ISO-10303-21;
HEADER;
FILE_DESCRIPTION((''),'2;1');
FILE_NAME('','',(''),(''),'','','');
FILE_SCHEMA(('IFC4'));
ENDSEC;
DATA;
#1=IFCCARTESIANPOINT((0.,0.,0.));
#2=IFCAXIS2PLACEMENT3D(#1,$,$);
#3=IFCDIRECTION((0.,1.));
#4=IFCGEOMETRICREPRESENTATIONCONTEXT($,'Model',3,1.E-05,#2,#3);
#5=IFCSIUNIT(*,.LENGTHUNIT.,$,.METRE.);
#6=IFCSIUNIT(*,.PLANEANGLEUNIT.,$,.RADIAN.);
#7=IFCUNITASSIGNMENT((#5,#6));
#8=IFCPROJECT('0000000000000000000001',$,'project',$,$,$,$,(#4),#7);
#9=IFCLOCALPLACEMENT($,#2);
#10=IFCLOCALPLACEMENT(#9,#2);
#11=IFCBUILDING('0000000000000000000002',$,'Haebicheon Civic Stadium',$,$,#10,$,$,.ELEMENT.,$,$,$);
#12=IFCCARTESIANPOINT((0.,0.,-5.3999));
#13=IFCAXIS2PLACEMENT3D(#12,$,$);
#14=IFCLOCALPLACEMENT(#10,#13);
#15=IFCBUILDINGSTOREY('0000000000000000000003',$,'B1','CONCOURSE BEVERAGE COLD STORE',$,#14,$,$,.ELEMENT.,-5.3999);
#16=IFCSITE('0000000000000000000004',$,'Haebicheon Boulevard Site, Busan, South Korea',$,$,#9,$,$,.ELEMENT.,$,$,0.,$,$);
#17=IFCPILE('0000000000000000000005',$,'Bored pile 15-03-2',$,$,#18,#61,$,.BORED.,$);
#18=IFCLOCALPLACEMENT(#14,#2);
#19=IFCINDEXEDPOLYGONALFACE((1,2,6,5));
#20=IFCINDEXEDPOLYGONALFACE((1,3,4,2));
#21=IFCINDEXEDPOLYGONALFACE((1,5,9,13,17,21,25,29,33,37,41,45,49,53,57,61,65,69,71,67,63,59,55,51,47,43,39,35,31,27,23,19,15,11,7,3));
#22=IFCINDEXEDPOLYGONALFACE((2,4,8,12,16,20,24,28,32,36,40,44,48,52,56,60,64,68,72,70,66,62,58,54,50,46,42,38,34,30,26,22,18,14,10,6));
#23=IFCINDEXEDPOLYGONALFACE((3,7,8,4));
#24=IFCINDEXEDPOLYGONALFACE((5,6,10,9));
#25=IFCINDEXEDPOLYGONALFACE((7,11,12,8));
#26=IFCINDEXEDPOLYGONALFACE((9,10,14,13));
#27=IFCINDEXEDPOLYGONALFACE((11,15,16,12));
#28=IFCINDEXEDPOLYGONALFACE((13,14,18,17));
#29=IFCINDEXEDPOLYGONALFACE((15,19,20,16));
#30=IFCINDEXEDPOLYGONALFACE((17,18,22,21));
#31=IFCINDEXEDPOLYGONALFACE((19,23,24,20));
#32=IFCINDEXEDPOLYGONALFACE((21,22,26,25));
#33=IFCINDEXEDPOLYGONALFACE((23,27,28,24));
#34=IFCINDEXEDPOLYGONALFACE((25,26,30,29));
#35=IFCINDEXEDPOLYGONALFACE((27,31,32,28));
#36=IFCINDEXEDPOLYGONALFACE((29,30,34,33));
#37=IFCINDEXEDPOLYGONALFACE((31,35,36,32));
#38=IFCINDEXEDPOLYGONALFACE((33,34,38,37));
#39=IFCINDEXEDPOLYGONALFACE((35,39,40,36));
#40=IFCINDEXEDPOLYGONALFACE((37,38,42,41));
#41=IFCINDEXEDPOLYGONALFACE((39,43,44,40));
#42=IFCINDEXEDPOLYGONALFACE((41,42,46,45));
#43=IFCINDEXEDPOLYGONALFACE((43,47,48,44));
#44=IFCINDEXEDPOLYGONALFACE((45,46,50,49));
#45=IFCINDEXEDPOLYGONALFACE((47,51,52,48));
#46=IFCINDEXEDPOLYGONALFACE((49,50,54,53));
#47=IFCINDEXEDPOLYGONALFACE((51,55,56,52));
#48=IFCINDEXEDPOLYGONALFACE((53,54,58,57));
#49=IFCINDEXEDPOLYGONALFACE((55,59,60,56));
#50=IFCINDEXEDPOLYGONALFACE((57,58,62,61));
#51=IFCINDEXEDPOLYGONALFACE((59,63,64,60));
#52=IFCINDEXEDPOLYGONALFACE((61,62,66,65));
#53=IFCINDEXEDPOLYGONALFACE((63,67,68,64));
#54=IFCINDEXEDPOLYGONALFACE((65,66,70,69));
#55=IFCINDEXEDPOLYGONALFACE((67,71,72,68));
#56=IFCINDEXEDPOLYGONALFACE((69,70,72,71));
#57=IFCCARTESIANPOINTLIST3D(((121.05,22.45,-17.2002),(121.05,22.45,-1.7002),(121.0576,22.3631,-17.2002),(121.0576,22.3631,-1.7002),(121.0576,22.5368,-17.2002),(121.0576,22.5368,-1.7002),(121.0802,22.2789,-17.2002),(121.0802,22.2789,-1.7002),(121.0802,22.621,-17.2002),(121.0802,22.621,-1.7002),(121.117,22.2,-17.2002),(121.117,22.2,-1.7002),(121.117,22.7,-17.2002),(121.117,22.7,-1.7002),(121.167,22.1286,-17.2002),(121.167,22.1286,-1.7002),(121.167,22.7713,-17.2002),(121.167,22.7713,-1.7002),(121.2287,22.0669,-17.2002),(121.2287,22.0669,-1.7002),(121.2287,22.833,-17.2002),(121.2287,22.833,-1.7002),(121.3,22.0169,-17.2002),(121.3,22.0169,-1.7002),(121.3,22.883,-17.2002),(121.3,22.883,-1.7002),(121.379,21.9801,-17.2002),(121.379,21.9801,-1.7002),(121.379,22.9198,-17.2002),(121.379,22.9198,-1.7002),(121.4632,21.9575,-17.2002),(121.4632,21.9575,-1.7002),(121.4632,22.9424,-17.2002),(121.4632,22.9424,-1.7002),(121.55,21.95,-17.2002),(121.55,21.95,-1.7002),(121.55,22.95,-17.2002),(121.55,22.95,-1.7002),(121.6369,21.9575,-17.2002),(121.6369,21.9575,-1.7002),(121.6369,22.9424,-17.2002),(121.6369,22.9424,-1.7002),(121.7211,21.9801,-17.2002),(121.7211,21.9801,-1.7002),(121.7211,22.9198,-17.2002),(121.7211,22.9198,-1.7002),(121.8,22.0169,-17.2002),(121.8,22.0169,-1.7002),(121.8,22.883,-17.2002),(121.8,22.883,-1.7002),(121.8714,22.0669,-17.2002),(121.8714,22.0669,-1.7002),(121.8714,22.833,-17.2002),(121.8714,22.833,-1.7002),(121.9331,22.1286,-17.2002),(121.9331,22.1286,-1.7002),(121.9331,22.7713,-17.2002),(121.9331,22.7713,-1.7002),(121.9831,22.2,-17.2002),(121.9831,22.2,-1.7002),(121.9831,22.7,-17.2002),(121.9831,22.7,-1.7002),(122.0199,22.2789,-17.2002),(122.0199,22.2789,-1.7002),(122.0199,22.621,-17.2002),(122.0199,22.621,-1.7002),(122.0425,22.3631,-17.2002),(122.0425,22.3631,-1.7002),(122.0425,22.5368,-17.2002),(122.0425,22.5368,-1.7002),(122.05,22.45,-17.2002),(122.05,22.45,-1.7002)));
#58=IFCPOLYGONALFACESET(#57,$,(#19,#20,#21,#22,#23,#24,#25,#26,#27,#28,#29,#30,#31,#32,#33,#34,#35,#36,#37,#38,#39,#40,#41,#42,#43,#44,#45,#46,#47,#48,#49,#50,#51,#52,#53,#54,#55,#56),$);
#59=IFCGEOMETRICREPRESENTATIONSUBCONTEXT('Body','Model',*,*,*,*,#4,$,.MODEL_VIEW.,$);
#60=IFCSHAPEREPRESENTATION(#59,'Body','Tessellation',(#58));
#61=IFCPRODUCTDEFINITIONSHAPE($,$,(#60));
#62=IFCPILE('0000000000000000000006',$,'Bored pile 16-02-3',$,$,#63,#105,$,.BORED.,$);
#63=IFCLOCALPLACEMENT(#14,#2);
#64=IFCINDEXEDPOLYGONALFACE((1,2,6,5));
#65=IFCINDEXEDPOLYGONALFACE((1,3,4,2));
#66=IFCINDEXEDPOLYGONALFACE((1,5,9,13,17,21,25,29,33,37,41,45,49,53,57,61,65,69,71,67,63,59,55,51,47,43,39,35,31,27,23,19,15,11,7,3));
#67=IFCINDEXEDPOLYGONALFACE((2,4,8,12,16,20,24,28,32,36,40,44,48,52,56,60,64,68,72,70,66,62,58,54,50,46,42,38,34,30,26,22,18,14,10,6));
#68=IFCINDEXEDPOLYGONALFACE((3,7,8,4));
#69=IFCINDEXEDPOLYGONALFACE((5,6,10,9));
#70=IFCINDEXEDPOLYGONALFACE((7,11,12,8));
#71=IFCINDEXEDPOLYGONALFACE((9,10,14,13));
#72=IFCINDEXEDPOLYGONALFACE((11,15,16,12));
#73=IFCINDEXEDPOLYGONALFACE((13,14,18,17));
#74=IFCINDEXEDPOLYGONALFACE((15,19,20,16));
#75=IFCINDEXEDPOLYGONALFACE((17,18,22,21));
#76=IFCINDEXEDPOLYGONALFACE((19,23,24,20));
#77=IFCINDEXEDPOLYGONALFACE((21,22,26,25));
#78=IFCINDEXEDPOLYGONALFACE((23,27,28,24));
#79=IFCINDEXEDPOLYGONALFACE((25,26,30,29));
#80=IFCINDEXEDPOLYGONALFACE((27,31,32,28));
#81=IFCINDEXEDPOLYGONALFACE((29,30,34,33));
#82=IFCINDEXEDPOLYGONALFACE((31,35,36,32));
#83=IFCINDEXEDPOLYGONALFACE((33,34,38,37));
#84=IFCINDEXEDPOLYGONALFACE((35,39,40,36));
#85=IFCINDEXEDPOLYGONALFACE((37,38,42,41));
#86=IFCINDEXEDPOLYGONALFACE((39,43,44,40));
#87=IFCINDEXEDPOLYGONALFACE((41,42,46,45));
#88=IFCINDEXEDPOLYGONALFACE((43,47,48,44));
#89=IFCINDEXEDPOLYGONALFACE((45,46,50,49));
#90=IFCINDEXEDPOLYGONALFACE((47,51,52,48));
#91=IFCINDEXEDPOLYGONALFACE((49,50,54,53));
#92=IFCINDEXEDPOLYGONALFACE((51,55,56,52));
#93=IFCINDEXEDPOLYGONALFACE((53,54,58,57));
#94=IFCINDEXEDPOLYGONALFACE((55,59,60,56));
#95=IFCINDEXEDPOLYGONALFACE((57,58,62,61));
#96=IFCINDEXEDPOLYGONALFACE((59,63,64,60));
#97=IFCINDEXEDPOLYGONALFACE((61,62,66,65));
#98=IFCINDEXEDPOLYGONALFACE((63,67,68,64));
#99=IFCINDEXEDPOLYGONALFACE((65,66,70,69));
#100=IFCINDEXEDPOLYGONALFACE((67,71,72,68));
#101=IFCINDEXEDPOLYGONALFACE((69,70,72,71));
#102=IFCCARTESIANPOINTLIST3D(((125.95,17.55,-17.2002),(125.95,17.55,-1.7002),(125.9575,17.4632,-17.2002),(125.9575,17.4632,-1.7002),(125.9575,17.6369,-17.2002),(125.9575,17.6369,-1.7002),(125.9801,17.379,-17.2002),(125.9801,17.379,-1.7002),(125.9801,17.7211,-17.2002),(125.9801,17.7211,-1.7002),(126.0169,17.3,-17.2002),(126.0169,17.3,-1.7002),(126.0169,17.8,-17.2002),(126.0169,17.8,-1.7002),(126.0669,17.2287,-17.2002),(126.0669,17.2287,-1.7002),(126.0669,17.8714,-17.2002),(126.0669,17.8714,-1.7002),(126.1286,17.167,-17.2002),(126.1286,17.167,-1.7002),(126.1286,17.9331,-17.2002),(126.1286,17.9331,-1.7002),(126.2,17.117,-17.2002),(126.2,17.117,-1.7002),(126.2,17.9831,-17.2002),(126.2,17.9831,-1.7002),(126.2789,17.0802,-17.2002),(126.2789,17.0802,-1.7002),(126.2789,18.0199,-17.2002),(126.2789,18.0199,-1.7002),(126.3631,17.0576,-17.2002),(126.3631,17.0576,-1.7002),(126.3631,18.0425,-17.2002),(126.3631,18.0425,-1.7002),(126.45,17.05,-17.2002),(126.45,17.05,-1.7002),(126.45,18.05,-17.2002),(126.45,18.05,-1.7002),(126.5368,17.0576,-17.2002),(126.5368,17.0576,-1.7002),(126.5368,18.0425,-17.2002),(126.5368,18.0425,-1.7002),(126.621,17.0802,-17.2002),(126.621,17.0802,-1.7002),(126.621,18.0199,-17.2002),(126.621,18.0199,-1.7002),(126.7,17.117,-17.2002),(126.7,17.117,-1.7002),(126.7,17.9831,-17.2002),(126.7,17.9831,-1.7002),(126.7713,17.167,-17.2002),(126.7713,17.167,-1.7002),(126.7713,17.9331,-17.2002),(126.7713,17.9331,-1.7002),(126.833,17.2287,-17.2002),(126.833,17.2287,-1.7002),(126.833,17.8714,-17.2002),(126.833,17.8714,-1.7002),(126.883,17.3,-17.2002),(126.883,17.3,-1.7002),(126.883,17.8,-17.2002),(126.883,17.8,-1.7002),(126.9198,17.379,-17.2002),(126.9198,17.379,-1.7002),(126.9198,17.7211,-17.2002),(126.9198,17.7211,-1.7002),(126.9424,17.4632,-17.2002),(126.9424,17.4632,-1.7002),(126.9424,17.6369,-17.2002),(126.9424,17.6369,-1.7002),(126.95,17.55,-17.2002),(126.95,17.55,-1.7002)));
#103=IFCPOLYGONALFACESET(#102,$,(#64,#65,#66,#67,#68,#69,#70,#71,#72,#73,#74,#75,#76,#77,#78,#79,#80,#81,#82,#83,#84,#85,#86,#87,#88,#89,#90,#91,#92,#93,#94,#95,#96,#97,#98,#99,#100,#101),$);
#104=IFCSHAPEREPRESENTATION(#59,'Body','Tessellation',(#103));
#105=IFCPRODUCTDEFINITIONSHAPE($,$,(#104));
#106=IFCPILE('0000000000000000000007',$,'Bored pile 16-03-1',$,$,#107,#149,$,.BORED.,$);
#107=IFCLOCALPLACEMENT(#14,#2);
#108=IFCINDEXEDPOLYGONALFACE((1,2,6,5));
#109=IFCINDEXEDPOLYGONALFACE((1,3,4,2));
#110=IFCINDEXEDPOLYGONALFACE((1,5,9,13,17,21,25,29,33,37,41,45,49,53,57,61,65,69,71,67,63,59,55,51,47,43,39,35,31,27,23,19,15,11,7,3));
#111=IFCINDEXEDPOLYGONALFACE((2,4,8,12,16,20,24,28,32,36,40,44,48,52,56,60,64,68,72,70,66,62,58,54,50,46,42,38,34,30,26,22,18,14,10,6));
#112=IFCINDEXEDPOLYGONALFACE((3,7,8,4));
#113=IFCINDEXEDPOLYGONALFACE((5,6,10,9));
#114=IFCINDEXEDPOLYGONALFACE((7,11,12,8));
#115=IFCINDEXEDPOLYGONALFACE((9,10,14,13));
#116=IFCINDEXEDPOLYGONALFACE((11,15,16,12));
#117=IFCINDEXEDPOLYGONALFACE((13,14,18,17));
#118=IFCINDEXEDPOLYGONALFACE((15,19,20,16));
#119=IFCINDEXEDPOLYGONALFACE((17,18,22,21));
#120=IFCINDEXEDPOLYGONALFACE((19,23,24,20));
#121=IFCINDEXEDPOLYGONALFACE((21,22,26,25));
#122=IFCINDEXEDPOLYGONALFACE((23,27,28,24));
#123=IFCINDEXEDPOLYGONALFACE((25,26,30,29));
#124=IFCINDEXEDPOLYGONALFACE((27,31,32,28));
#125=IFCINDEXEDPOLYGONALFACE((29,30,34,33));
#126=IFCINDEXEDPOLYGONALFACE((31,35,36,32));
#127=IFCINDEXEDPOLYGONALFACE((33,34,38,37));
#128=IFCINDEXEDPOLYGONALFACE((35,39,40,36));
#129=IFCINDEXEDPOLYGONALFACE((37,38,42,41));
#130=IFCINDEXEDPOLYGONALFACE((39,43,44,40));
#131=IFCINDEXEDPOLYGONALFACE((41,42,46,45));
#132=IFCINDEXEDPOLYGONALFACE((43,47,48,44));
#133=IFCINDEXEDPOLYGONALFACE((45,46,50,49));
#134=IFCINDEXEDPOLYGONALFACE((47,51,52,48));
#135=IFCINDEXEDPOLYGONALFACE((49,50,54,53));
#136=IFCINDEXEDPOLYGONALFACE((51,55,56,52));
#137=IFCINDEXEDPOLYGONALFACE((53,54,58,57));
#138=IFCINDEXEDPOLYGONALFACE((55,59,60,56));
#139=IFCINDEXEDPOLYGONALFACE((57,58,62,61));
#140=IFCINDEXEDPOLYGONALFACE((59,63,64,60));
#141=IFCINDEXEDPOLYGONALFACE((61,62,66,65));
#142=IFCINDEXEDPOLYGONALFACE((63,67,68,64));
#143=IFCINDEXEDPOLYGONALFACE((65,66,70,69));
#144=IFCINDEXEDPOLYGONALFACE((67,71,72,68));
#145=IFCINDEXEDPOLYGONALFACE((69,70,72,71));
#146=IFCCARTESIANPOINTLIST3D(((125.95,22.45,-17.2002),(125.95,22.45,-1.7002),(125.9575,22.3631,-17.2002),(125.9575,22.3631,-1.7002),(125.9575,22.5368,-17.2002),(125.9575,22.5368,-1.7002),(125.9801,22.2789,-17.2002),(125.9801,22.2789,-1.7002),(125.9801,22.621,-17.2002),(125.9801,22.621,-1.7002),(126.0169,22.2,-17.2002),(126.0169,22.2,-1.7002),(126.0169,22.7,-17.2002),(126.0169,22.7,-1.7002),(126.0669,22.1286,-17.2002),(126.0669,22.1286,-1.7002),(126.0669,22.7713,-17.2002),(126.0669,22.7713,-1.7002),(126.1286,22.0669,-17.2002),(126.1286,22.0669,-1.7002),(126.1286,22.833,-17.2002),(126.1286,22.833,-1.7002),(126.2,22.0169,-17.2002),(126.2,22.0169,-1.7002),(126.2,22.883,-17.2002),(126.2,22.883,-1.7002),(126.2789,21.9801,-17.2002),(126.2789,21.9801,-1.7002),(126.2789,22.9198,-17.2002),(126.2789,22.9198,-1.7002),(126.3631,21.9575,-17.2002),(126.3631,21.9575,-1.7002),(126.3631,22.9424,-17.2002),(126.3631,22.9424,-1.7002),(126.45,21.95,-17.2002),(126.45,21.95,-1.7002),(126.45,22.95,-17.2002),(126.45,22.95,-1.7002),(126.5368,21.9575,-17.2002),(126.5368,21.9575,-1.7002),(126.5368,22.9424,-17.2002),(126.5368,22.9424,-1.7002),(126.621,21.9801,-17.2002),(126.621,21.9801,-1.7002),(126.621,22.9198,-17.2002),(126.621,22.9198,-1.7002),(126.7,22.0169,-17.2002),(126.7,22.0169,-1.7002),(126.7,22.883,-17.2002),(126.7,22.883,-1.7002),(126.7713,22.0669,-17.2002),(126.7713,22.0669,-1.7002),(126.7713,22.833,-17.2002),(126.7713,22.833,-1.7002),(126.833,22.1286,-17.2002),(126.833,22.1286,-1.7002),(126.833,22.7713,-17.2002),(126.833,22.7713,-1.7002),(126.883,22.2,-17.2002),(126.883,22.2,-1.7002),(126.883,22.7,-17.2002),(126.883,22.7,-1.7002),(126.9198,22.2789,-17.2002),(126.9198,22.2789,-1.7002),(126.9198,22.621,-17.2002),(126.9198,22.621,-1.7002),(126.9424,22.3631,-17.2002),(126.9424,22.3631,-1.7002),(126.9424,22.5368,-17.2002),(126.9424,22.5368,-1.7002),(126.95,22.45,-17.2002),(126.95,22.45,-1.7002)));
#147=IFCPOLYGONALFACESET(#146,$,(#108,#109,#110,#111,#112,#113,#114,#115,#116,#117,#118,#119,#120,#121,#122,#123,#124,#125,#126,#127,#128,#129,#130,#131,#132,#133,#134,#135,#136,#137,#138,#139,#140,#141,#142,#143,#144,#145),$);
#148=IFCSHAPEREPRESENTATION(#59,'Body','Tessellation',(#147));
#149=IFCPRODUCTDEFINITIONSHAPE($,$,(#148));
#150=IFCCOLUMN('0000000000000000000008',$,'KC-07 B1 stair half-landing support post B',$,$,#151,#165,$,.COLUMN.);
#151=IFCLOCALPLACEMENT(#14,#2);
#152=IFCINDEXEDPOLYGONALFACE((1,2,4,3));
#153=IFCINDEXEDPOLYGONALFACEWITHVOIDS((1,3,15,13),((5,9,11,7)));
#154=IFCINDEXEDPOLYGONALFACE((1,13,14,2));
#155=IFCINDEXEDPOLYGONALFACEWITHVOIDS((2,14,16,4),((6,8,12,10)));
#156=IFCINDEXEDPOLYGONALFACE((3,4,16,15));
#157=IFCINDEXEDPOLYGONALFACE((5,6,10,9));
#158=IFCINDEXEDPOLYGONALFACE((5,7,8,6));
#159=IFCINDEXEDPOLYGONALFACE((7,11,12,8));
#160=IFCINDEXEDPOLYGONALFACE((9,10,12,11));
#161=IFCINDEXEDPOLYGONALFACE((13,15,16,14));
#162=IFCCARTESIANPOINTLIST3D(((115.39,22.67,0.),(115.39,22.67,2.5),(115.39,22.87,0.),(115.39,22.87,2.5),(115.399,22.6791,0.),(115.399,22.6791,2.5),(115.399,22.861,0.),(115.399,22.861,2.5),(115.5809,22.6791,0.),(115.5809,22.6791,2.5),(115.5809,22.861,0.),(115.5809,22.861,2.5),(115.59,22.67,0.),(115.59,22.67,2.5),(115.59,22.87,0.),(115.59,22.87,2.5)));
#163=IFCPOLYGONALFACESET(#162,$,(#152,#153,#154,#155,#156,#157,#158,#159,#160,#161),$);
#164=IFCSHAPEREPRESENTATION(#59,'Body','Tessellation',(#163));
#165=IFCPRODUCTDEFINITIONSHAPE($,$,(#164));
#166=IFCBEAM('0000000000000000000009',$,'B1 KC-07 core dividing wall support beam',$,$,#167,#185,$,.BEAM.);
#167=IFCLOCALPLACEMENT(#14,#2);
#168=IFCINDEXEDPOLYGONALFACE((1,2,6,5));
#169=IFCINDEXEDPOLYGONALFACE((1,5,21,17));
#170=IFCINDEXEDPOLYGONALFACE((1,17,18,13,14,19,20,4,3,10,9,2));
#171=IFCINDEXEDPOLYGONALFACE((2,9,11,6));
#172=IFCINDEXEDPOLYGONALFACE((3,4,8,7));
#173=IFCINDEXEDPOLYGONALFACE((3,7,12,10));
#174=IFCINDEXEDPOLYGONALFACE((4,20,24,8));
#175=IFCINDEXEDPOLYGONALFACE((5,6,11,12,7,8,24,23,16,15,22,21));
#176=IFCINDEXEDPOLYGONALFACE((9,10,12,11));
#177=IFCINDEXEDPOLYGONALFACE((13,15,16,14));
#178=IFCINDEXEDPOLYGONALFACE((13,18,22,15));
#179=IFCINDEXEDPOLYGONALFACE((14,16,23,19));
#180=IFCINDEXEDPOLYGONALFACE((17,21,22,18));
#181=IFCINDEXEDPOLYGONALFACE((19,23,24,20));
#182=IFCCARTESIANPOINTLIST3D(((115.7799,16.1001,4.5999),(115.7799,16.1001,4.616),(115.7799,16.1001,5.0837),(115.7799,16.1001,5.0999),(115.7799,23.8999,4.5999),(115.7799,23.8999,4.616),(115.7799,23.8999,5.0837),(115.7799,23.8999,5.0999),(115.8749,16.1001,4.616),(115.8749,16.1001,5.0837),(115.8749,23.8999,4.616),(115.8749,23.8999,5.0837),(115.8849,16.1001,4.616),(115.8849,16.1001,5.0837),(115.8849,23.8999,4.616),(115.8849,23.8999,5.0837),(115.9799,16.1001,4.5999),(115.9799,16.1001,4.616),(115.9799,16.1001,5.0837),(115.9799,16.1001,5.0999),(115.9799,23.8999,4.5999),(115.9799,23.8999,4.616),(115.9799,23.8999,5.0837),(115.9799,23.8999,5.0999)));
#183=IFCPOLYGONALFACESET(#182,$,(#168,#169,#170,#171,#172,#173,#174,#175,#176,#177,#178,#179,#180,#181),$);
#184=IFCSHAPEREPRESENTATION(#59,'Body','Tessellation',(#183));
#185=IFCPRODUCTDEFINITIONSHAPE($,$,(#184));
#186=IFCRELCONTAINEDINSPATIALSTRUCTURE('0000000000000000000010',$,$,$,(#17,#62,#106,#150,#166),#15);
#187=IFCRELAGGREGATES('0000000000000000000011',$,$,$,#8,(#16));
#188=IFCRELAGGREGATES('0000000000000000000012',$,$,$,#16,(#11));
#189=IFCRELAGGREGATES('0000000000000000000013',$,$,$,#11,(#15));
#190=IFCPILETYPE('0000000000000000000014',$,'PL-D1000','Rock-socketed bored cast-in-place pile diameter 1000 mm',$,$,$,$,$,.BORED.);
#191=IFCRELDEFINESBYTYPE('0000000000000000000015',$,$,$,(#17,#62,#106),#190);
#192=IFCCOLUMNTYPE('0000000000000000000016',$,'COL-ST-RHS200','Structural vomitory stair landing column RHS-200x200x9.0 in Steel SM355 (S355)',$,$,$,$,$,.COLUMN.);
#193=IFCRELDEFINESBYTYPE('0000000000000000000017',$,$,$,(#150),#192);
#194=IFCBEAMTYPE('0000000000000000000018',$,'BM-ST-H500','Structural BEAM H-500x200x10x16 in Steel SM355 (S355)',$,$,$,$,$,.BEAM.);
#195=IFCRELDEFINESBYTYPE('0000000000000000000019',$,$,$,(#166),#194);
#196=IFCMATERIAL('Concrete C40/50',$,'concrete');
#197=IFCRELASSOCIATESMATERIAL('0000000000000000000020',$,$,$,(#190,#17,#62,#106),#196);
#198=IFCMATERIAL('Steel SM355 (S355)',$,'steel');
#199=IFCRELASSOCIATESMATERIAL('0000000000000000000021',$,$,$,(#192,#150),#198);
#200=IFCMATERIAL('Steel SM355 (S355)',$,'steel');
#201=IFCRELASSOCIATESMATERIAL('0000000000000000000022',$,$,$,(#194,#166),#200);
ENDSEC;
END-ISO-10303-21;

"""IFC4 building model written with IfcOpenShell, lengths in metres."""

from ifc_helpers import new_model, si_unit, direction, frame, origin, origin_2d, place, context, subcontext, project, spatial, hollow_rectangle, circle, i_section, extrude, material, material_profile, profile_set, type_object, element, save


model = new_model("IFC4")

# Units and contexts
model_context = context("Model", 3, precision=1e-05, world=origin(), true_north=direction((0.0, 1.0)))
body_context = subcontext(model_context, "Body", "Model", "MODEL_VIEW")
ifc_project = project(units=[si_unit("LENGTHUNIT", "METRE"), si_unit("PLANEANGLEUNIT", "RADIAN")], contexts=[model_context])

# Site, building, storey
site_placement = place(None, origin())
site = spatial("IfcSite", under=ifc_project, at=site_placement, Name="Haebicheon Boulevard Site, Busan, South Korea", CompositionType="ELEMENT", RefElevation=0.0)
building_placement = place(site_placement, origin())
building = spatial("IfcBuilding", under=site, at=building_placement, Name="Haebicheon Civic Stadium", CompositionType="ELEMENT")
storey_placement = place(building_placement, frame((0.0, 0.0, -5.3999)))
storey = spatial("IfcBuildingStorey", under=building, at=storey_placement, Name="B1", Description="CONCOURSE BEVERAGE COLD STORE", CompositionType="ELEMENT", Elevation=-5.3999)

# Piles
ifc_material_1 = material(Name="Concrete C40/50", Category="concrete")
ifc_material_profile_1 = material_profile(ifc_material_1, circle(Radius=0.5, at=origin_2d()), Name="PILE-D1000")
ifc_profile_set_1 = profile_set([ifc_material_profile_1], Name="Concrete C40/50")
pile_type = type_object("IfcPileType", Name="PL-D1000", Description="Rock-socketed bored cast-in-place pile diameter 1000 mm", PredefinedType="BORED", material=ifc_profile_set_1)
for number, where, z_axis, x_axis, name in (
    (1, (121.55, 22.45, -1.7002), (0.0, 0.0, -1.0), (1.0, 0.0, 0.0), "Bored pile 15-03-2"),
    (2, (126.45, 17.55, -1.7002), (0.0, 0.0, -1.0), (1.0, 0.0, 0.0), "Bored pile 16-02-3"),
    (3, (126.45, 22.45, -1.7002), (0.0, 0.0, -1.0), (1.0, 0.0, 0.0), "Bored pile 16-03-1"),
):
    element("IfcPile", number, at=place(storey_placement, frame(where, z_axis=z_axis, x_axis=x_axis)), inside=storey, type_object=pile_type, material=ifc_profile_set_1, Name=name, PredefinedType="BORED", context=body_context, shape_type="SweptSolid", body=[
        extrude(circle(Radius=0.5, at=origin_2d()), origin(), (0.0, 0.0, 1.0), 15.5),
    ])

# Column
ifc_material_2 = material(Name="Steel SM355 (S355)", Category="steel")
ifc_material_profile_2 = material_profile(ifc_material_2, hollow_rectangle(XDim=0.2, YDim=0.2, WallThickness=0.009, at=origin_2d()), Name="RHS-200x200x9.0")
ifc_profile_set_2 = profile_set([ifc_material_profile_2], Name="Steel SM355 (S355)")
column_type = type_object("IfcColumnType", Name="COL-ST-RHS200", Description="Structural vomitory stair landing column RHS-200x200x9.0 in Steel SM355 (S355)", PredefinedType="COLUMN", material=ifc_profile_set_2)
column_placement = place(storey_placement, frame((115.49, 22.77, 0.0), z_axis=(0.0, 0.0, 1.0), x_axis=(1.0, 0.0, 0.0)))
element("IfcColumn", 4, at=column_placement, inside=storey, type_object=column_type, material=ifc_profile_set_2, Name="KC-07 B1 stair half-landing support post B", PredefinedType="COLUMN", context=body_context, shape_type="SweptSolid", body=[
    extrude(hollow_rectangle(XDim=0.2, YDim=0.2, WallThickness=0.009, at=origin_2d()), origin(), (0.0, 0.0, 1.0), 2.5),
])

# Beam
ifc_material_3 = material(Name="Steel SM355 (S355)", Category="steel")
ifc_material_profile_3 = material_profile(ifc_material_3, i_section(OverallWidth=0.2, OverallDepth=0.5, WebThickness=0.01, FlangeThickness=0.0161, at=origin_2d()), Name="H-500x200x10x16")
ifc_profile_set_3 = profile_set([ifc_material_profile_3], Name="Steel SM355 (S355)")
beam_type_1 = type_object("IfcBeamType", Name="BM-ST-H500", Description="Structural BEAM H-500x200x10x16 in Steel SM355 (S355)", PredefinedType="BEAM", material=ifc_profile_set_3)
beam_1_placement = place(storey_placement, frame((115.8799, 16.1001, 4.8499), z_axis=(0.0, 1.0, 0.0), x_axis=(-1.0, 0.0, 0.0)))
element("IfcBeam", 5, at=beam_1_placement, inside=storey, type_object=beam_type_1, material=ifc_profile_set_3, Name="B1 KC-07 core dividing wall support beam", PredefinedType="BEAM", context=body_context, shape_type="SweptSolid", body=[
    extrude(i_section(OverallWidth=0.2, OverallDepth=0.5, WebThickness=0.01, FlangeThickness=0.0161, at=origin_2d()), origin(), (0.0, 0.0, 1.0), 7.7998),
])

save(model, "model.ifc")
